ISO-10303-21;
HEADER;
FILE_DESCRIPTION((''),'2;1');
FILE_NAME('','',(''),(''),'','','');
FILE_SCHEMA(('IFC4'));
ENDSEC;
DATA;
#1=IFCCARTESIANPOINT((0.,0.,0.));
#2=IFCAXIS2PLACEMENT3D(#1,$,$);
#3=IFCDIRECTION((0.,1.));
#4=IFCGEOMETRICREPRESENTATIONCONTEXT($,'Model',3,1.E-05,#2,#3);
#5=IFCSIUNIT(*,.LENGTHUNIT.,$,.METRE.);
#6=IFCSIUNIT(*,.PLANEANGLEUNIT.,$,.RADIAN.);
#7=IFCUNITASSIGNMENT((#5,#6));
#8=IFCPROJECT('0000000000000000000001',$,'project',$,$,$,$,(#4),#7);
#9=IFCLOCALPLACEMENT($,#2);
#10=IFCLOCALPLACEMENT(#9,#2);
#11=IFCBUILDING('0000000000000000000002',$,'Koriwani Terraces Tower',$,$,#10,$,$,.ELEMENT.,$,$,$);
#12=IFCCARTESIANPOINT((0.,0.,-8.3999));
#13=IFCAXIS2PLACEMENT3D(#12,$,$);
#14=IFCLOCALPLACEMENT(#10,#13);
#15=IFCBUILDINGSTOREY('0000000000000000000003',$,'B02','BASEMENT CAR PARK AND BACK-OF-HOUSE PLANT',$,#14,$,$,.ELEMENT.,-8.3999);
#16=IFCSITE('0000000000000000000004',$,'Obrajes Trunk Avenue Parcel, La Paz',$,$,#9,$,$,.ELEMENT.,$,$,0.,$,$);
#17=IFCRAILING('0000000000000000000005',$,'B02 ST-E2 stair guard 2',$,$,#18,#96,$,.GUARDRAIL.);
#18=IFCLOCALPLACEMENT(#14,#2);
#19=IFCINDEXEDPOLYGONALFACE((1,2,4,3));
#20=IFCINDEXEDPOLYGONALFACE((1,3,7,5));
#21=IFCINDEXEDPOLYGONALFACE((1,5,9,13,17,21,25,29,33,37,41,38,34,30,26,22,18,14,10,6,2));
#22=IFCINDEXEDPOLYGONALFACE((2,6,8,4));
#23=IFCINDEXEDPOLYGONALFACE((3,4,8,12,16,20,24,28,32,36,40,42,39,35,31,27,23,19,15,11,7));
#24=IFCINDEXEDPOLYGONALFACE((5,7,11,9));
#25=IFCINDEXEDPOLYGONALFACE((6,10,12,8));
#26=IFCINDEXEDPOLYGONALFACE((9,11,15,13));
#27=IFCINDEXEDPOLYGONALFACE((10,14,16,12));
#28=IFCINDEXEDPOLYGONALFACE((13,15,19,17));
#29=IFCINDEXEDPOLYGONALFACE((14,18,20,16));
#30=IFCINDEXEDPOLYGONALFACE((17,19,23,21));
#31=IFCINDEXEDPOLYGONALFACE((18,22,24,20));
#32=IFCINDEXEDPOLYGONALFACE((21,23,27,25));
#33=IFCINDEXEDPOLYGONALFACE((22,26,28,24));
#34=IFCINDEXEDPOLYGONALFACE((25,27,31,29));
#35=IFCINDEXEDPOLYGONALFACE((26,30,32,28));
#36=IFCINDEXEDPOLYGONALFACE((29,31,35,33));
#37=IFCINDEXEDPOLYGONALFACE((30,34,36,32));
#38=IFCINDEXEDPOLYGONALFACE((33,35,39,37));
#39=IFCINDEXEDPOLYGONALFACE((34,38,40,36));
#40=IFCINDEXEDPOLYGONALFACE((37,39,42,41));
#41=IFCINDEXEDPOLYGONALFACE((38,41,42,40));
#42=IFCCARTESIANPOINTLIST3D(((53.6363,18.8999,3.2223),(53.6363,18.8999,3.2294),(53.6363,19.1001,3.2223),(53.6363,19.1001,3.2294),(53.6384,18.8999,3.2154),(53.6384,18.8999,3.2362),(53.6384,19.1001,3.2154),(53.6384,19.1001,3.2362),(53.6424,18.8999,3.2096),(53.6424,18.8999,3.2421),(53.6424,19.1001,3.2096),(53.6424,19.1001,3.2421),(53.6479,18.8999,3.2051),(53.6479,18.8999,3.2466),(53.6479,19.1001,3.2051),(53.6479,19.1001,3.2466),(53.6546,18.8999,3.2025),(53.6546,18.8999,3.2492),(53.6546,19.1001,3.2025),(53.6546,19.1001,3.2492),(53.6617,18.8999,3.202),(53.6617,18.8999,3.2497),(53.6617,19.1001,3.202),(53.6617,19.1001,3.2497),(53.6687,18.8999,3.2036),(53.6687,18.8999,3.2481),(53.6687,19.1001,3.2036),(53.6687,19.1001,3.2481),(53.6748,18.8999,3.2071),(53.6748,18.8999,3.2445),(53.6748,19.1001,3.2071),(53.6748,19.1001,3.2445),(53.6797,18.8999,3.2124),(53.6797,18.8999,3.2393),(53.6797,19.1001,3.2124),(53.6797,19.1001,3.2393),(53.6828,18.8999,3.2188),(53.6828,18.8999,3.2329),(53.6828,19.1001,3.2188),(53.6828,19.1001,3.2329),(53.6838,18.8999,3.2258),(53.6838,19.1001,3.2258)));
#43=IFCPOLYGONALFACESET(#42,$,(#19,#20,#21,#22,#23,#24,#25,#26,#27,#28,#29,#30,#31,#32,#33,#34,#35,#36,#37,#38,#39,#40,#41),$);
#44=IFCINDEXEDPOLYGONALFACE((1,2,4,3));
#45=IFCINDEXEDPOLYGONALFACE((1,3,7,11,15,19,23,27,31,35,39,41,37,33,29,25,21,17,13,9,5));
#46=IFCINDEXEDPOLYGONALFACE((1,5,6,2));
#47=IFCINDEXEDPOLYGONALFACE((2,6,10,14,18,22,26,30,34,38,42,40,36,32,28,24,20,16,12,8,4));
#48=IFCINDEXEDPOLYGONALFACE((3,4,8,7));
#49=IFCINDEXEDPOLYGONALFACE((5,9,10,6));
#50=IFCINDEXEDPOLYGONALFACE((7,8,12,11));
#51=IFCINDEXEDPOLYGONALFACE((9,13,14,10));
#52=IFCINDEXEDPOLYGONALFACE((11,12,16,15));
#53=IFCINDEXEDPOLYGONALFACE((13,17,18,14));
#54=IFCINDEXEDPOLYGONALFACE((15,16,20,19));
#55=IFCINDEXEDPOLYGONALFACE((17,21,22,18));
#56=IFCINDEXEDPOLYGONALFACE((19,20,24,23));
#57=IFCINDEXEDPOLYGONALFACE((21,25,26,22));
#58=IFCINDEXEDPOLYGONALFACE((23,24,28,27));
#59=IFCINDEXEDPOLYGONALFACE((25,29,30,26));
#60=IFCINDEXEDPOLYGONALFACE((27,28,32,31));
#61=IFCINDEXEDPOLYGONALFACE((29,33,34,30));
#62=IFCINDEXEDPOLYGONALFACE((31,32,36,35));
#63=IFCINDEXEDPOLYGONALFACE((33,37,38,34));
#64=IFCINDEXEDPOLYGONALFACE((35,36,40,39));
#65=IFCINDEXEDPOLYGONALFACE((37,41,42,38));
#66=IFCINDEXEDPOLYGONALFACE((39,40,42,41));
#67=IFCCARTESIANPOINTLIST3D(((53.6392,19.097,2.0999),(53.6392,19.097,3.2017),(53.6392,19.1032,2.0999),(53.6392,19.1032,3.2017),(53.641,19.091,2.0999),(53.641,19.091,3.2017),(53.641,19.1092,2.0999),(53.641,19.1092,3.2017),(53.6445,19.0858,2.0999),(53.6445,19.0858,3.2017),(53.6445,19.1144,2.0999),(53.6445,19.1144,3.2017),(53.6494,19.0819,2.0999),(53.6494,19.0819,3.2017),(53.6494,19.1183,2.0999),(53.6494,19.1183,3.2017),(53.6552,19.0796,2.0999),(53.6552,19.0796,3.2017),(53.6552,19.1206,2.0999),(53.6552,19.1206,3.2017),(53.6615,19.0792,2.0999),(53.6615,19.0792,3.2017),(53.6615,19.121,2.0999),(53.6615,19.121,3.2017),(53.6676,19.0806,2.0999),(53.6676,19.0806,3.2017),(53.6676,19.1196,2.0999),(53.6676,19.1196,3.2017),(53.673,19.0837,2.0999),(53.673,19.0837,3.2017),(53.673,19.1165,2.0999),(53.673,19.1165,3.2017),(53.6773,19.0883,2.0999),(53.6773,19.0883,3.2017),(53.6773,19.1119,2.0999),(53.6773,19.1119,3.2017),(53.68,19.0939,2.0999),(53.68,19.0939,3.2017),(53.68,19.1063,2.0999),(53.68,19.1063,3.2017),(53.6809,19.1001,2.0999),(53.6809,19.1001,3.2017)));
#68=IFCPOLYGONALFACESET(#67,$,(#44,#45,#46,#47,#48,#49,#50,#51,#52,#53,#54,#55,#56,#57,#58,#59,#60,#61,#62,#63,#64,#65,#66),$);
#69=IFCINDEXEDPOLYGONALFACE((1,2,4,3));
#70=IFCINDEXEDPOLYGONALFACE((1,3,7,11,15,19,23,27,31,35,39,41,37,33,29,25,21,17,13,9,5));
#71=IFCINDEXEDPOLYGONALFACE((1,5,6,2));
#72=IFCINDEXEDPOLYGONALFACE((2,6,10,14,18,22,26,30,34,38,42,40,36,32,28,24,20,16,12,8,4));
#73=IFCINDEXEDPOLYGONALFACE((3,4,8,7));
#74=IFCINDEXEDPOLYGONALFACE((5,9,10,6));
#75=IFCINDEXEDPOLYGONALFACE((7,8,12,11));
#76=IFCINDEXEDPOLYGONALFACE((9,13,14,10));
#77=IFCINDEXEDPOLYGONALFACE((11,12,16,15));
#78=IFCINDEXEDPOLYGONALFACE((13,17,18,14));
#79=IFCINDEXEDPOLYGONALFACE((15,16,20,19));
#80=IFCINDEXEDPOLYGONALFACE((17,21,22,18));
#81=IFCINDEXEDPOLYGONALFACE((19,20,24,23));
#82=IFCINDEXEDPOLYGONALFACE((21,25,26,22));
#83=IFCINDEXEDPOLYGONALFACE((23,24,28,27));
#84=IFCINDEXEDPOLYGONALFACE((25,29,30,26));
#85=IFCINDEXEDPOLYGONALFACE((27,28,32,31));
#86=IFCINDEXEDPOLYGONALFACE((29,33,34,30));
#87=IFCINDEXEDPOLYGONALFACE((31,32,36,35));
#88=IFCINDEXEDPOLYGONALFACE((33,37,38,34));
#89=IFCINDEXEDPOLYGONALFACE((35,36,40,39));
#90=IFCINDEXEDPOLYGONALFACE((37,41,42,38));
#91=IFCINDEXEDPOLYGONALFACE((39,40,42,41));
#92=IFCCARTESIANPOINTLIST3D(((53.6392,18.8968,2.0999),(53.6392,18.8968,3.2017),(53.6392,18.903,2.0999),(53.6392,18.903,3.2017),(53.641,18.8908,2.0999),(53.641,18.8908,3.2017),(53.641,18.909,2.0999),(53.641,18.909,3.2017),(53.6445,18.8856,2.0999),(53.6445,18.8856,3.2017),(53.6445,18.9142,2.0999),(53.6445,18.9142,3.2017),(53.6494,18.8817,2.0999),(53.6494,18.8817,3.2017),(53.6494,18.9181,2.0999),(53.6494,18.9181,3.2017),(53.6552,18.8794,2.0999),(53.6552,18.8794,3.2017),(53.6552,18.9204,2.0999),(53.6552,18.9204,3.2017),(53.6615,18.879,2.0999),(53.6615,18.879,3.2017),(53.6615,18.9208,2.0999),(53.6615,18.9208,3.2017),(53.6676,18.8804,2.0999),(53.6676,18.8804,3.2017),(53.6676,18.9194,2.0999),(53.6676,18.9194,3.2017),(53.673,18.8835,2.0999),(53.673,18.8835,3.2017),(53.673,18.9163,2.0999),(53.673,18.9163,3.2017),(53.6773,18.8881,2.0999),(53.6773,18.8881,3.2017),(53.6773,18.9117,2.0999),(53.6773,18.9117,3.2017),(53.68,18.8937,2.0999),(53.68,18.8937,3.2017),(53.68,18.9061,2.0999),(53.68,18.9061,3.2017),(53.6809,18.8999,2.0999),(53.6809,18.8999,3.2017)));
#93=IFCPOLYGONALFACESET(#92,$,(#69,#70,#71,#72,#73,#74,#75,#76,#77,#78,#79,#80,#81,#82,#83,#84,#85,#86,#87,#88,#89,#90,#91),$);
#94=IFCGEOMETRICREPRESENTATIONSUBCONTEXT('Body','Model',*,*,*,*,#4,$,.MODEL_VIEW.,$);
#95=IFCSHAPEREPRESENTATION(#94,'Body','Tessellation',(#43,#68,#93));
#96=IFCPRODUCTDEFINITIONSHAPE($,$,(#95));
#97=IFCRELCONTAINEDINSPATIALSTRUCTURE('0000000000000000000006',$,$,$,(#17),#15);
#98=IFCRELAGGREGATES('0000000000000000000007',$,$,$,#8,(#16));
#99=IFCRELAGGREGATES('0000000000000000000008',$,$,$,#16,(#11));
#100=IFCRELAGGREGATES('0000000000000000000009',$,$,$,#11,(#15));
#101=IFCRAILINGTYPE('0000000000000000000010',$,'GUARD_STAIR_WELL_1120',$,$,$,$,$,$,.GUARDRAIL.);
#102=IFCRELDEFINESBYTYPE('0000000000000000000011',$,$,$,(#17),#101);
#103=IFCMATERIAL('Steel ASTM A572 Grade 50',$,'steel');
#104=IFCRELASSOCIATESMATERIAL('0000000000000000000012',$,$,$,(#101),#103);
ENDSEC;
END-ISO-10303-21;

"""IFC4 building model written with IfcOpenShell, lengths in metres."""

from ifc_helpers import new_model, si_unit, direction, frame, origin, origin_2d, place, context, subcontext, project, spatial, circle, extrude, material, type_object, element, save


model = new_model("IFC4")

# Units and contexts
model_context = context("Model", 3, precision=1e-05, world=origin(), true_north=direction((0.0, 1.0)))
body_context = subcontext(model_context, "Body", "Model", "MODEL_VIEW")
ifc_project = project(units=[si_unit("LENGTHUNIT", "METRE"), si_unit("PLANEANGLEUNIT", "RADIAN")], contexts=[model_context])

# Site, building, storey
site_placement = place(None, origin())
site = spatial("IfcSite", under=ifc_project, at=site_placement, Name="Obrajes Trunk Avenue Parcel, La Paz", CompositionType="ELEMENT", RefElevation=0.0)
building_placement = place(site_placement, origin())
building = spatial("IfcBuilding", under=site, at=building_placement, Name="Koriwani Terraces Tower", CompositionType="ELEMENT")
storey_placement = place(building_placement, frame((0.0, 0.0, -8.3999)))
storey = spatial("IfcBuildingStorey", under=building, at=storey_placement, Name="B02", Description="BASEMENT CAR PARK AND BACK-OF-HOUSE PLANT", CompositionType="ELEMENT", Elevation=-8.3999)

# Shared definitions
ifc_material_1 = material(Name="Steel ASTM A572 Grade 50", Category="steel")

# Railing
railing_type_1 = type_object("IfcRailingType", Name="GUARD_STAIR_WELL_1120", PredefinedType="GUARDRAIL", material=ifc_material_1)
railing_placement = place(storey_placement, frame((53.6599, 19.1001, 2.0999)))
element("IfcRailing", 1, at=railing_placement, inside=storey, type_object=railing_type_1, Name="B02 ST-E2 stair guard 2", PredefinedType="GUARDRAIL", context=body_context, shape_type="SweptSolid", body=[
    extrude(circle(Radius=0.0239, at=origin_2d()), frame((0.0, 0.0, 1.126), z_axis=(0.0, -1.0, 0.0), x_axis=(1.0, 0.0, 0.0)), (0.0, 0.0, 1.0), 0.2002),
    extrude(circle(Radius=0.021, at=origin_2d()), origin(), (0.0, 0.0, 1.0), 1.1018),
    extrude(circle(Radius=0.021, at=origin_2d()), frame((0.0, -0.2002, 0.0)), (0.0, 0.0, 1.0), 1.1018),
])

save(model, "model.ifc")
